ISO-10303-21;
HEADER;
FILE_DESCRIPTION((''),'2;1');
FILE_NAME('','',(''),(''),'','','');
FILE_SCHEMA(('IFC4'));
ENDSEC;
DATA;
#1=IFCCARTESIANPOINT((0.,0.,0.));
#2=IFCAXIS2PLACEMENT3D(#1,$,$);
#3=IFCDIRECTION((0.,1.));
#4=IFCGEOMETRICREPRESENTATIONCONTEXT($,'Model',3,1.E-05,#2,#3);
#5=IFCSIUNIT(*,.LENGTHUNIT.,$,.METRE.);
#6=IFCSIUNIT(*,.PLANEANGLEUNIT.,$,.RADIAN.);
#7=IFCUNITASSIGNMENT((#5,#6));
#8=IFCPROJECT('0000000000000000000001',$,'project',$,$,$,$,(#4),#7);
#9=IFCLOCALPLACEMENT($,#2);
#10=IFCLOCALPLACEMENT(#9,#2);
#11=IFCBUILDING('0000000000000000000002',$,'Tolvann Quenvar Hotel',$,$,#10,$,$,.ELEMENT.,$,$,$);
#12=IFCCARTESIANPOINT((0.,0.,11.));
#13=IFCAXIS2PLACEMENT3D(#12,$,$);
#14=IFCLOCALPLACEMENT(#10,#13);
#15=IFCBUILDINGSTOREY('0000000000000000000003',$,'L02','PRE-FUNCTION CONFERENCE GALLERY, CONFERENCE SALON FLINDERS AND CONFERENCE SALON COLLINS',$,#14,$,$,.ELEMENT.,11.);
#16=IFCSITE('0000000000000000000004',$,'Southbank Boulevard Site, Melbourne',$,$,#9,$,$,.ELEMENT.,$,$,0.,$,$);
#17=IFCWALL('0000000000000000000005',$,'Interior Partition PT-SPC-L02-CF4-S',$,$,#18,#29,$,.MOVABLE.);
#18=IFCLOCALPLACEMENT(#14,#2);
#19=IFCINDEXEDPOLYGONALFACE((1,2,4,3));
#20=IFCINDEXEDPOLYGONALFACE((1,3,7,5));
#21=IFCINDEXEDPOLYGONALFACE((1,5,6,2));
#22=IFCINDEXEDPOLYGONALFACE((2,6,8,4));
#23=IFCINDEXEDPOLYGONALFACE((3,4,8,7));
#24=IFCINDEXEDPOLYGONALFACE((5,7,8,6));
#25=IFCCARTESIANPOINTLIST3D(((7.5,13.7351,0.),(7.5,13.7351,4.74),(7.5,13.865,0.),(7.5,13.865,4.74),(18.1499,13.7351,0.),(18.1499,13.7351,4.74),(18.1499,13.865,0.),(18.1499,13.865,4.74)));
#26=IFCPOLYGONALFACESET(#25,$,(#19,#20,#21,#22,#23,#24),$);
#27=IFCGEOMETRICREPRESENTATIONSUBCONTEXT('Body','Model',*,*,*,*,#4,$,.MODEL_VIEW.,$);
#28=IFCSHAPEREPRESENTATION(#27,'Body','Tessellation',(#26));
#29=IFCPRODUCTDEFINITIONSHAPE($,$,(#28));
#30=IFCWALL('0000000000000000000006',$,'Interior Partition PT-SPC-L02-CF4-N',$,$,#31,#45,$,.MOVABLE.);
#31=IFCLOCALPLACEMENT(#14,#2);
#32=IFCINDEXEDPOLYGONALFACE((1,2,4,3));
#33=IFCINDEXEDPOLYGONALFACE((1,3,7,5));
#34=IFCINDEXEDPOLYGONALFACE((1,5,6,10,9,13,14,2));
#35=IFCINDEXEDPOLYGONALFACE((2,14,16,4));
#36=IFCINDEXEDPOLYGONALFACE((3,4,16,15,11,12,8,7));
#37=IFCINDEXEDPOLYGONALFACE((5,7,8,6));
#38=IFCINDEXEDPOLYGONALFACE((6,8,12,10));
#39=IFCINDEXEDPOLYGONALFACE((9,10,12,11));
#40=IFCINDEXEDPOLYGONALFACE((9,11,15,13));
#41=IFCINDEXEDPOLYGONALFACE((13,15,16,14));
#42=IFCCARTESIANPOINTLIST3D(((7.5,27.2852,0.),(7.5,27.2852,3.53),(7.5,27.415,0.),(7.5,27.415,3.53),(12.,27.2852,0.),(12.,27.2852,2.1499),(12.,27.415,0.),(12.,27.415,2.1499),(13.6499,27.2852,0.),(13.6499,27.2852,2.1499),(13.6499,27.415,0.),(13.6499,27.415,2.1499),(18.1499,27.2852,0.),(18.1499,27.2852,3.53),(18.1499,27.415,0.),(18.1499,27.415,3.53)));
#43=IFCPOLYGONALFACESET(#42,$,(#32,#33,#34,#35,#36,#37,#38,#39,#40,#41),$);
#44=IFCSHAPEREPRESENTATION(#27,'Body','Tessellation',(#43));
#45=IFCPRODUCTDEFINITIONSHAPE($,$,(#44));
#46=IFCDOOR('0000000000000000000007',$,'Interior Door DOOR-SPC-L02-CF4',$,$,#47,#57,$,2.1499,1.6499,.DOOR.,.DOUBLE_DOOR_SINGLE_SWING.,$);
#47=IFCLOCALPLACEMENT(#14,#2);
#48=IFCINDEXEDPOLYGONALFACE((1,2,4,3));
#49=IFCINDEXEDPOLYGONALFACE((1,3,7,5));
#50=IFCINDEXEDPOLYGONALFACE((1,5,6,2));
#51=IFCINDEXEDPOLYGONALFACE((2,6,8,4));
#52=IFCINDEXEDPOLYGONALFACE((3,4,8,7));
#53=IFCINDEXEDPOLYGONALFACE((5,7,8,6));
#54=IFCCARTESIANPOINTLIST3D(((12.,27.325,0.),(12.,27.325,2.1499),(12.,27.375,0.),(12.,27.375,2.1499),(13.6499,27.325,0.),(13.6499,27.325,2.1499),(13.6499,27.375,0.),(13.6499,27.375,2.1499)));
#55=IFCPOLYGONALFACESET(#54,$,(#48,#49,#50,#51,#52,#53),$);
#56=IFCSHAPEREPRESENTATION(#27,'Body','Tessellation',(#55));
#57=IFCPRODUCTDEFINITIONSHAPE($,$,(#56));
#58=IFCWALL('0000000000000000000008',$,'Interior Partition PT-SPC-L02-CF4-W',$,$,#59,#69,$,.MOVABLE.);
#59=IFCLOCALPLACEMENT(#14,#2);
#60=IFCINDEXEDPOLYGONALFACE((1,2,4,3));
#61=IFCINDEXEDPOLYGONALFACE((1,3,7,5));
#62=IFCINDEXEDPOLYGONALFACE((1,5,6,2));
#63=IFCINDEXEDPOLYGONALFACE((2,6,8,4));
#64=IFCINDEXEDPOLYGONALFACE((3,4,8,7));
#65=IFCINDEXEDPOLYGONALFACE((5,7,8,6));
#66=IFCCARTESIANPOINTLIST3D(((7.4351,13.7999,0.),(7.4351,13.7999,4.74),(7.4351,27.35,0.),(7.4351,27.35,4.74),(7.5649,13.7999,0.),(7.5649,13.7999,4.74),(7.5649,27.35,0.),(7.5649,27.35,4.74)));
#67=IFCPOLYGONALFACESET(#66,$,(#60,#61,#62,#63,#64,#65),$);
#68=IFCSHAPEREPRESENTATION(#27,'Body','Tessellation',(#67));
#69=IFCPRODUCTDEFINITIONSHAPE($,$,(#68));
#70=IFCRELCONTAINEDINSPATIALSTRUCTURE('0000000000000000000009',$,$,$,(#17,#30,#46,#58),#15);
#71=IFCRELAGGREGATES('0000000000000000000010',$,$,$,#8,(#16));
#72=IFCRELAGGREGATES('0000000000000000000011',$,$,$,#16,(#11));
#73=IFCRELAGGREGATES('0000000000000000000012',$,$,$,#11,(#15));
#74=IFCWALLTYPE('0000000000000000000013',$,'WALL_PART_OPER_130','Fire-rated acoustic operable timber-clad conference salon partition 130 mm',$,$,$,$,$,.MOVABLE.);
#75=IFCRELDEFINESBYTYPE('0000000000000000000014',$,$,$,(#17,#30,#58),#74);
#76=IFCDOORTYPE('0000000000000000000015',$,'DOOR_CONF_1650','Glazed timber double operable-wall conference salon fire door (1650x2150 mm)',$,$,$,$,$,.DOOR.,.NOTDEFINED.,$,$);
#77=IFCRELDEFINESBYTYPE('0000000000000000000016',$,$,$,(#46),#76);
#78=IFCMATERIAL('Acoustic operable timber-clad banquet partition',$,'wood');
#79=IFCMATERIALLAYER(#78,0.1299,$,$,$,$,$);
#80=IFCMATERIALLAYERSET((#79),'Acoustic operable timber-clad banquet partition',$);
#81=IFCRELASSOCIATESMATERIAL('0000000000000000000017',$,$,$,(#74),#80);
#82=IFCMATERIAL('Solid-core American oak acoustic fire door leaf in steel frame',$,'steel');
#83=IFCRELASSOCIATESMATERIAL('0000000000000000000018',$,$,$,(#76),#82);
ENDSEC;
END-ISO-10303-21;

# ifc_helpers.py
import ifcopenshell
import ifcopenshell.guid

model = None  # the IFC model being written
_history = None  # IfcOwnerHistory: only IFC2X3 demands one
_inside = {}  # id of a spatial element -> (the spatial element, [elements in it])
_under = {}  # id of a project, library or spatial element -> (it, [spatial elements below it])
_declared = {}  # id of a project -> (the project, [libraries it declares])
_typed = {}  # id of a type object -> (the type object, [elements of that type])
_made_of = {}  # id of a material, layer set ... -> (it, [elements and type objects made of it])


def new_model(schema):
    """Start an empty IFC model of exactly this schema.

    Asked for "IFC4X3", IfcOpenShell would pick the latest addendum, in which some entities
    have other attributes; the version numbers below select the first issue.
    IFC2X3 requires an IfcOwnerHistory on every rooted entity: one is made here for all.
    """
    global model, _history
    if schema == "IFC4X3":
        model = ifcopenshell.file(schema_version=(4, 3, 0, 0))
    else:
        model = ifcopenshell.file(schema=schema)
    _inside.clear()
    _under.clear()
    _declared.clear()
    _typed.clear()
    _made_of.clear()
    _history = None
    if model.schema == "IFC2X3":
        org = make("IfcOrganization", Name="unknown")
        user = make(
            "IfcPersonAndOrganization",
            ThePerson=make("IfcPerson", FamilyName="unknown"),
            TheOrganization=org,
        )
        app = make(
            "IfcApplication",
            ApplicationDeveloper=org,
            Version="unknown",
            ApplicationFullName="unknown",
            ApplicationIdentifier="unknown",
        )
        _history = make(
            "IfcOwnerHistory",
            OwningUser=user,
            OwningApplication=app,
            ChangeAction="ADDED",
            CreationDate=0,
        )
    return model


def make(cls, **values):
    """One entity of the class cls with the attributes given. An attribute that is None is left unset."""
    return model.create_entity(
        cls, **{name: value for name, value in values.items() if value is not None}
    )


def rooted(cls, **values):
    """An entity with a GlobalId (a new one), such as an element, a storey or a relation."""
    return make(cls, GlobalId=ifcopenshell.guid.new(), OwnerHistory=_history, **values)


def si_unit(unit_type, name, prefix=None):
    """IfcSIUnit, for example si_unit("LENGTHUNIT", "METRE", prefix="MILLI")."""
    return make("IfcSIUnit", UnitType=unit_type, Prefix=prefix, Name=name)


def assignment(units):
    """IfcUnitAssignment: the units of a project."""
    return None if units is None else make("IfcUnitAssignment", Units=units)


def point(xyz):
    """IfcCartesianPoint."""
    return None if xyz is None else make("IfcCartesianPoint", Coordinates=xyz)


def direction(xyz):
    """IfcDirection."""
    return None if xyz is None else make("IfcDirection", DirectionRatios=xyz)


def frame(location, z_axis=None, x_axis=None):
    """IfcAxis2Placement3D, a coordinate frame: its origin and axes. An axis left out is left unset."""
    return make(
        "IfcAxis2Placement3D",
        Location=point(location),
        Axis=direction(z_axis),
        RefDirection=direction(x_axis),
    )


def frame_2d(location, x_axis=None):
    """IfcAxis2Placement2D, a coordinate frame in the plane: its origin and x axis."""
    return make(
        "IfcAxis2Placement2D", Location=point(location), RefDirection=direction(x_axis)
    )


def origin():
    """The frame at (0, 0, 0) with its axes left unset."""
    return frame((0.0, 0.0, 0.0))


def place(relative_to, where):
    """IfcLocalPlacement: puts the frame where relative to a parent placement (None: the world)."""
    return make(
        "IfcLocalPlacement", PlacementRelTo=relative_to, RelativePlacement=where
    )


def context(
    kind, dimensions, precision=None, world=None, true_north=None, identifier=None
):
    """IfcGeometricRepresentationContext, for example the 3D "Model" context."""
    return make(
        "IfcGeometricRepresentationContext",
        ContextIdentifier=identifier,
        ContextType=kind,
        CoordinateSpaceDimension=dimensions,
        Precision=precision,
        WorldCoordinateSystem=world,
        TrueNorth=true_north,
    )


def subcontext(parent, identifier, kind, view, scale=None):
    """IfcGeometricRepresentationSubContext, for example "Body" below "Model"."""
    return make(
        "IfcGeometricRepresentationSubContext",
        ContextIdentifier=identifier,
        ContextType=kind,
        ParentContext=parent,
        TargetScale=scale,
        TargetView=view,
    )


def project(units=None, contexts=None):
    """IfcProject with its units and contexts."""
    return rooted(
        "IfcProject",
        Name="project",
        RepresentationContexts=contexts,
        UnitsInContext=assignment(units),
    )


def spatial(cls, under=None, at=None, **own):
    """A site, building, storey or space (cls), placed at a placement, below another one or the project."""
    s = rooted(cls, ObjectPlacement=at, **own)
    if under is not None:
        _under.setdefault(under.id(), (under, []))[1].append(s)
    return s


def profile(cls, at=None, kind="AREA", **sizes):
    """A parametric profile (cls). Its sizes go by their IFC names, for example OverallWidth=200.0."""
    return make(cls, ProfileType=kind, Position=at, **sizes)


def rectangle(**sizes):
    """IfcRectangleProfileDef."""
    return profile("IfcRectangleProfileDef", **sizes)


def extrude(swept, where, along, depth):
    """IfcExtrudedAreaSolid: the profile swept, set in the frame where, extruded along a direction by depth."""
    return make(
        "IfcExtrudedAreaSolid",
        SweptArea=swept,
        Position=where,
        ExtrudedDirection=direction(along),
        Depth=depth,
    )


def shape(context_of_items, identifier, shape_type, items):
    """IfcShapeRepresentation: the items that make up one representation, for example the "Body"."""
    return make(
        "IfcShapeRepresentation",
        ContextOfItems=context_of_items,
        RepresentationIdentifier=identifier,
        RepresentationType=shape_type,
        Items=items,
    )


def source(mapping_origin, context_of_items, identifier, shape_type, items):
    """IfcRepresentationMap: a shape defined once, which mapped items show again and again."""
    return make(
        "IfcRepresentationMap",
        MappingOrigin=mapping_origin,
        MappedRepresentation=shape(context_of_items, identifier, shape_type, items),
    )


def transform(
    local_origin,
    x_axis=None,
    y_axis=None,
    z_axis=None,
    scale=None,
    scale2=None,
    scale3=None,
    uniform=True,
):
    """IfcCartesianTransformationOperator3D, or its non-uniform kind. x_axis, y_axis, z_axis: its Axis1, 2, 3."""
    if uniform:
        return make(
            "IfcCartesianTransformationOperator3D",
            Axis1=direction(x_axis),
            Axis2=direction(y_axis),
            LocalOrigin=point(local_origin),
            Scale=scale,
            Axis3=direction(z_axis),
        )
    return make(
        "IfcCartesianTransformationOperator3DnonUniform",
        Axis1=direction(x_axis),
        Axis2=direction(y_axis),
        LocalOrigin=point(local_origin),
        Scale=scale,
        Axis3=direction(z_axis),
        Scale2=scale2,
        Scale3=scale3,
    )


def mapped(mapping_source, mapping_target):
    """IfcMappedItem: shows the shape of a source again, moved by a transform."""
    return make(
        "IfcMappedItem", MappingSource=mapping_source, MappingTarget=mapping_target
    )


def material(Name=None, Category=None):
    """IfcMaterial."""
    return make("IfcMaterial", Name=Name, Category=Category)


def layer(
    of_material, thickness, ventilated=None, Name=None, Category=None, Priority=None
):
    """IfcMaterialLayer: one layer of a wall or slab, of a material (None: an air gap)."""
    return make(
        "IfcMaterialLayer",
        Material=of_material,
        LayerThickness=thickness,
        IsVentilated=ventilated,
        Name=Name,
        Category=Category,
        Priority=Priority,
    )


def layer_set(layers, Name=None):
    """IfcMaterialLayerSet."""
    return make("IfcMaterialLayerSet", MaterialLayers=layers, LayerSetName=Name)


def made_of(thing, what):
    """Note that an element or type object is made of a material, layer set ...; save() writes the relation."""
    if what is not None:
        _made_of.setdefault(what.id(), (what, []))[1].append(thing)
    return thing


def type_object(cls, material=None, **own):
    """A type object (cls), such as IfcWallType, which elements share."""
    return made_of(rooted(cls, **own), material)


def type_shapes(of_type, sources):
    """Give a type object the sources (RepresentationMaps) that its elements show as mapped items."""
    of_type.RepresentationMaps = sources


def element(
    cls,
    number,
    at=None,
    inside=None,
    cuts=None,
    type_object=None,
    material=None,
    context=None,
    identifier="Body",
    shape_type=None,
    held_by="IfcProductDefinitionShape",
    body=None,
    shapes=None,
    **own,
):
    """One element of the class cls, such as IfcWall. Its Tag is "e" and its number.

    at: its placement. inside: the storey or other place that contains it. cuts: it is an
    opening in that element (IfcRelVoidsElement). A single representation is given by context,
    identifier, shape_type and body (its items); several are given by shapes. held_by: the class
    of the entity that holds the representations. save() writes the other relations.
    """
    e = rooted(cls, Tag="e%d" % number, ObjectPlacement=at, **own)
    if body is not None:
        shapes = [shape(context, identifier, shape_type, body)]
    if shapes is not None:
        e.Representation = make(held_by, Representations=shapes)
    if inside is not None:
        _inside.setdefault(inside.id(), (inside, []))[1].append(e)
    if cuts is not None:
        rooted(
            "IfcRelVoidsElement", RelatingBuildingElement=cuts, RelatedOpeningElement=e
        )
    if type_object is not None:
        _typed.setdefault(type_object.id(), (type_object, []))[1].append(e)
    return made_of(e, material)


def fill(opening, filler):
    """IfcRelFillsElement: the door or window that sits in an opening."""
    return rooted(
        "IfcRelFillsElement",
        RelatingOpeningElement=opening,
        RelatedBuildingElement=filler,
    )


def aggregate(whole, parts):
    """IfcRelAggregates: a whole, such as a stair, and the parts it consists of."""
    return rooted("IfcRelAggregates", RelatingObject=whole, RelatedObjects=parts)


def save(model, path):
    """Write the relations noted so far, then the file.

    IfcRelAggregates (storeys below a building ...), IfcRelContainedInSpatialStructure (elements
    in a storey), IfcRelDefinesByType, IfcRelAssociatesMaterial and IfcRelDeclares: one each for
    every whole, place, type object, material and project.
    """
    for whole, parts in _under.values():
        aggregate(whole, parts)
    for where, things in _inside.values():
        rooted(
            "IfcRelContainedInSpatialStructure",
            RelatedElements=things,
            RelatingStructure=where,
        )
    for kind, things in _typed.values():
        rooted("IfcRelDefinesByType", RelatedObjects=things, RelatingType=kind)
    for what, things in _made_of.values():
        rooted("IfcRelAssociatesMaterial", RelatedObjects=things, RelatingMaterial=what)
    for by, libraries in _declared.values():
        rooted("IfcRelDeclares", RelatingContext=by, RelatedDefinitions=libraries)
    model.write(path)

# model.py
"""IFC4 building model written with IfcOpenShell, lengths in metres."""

from ifc_helpers import new_model, si_unit, direction, frame, frame_2d, origin, place, context, subcontext, project, spatial, rectangle, extrude, source, transform, mapped, material, layer, layer_set, type_object, type_shapes, element, fill, save


model = new_model("IFC4")

# Units and contexts
model_context = context("Model", 3, precision=1e-05, world=origin(), true_north=direction((0.0, 1.0)))
body_context = subcontext(model_context, "Body", "Model", "MODEL_VIEW")
ifc_project = project(units=[si_unit("LENGTHUNIT", "METRE"), si_unit("PLANEANGLEUNIT", "RADIAN")], contexts=[model_context])

# Site, building, storey
site_placement = place(None, origin())
site = spatial("IfcSite", under=ifc_project, at=site_placement, Name="Southbank Boulevard Site, Melbourne", CompositionType="ELEMENT", RefElevation=0.0)
building_placement = place(site_placement, origin())
building = spatial("IfcBuilding", under=site, at=building_placement, Name="Tolvann Quenvar Hotel", CompositionType="ELEMENT")
storey_placement = place(building_placement, frame((0.0, 0.0, 11.0)))
storey = spatial("IfcBuildingStorey", under=building, at=storey_placement, Name="L02", Description="PRE-FUNCTION CONFERENCE GALLERY, CONFERENCE SALON FLINDERS AND CONFERENCE SALON COLLINS", CompositionType="ELEMENT", Elevation=11.0)

# Shared definitions
ifc_material_1 = material(Name="Solid-core American oak acoustic fire door leaf in steel frame", Category="steel")

# Wall
ifc_material_2 = material(Name="Acoustic operable timber-clad banquet partition", Category="wood")
ifc_layer_1 = layer(ifc_material_2, 0.1299)
ifc_layer_set_1 = layer_set([ifc_layer_1], Name="Acoustic operable timber-clad banquet partition")
wall_type_1 = type_object("IfcWallType", Name="WALL_PART_OPER_130", Description="Fire-rated acoustic operable timber-clad conference salon partition 130 mm", PredefinedType="MOVABLE", material=ifc_layer_set_1)
wall_1_placement = place(storey_placement, frame((7.5, 13.8, 0.0), z_axis=(0.0, 0.0, 1.0), x_axis=(1.0, 0.0, 0.0)))
element("IfcWall", 1, at=wall_1_placement, inside=storey, type_object=wall_type_1, Name="Interior Partition PT-SPC-L02-CF4-S", PredefinedType="MOVABLE", context=body_context, shape_type="SweptSolid", body=[
    extrude(rectangle(XDim=10.6499, YDim=0.1299, at=frame_2d((5.325, 0.0))), origin(), (0.0, 0.0, 1.0), 4.74),
])

# Wall, opening, door
wall_2_placement = place(storey_placement, frame((7.5, 27.3501, 0.0), z_axis=(0.0, 0.0, 1.0), x_axis=(1.0, 0.0, 0.0)))
wall_2 = element("IfcWall", 2, at=wall_2_placement, inside=storey, type_object=wall_type_1, Name="Interior Partition PT-SPC-L02-CF4-N", PredefinedType="MOVABLE", context=body_context, shape_type="SweptSolid", body=[
    extrude(rectangle(XDim=10.6499, YDim=0.1299, at=frame_2d((5.325, 0.0))), origin(), (0.0, 0.0, 1.0), 3.53),
])
opening_1_placement = place(wall_2_placement, frame((4.5, 0.0, 0.0)))
opening_1 = element("IfcOpeningElement", 3, at=opening_1_placement, cuts=wall_2, PredefinedType="OPENING", context=body_context, shape_type="SweptSolid", body=[
    extrude(rectangle(XDim=1.6499, YDim=2.1499, at=frame_2d((0.825, 1.075))), frame((0.0, 0.075, 0.0), z_axis=(0.0, -1.0, 0.0), x_axis=(1.0, 0.0, 0.0)), (0.0, 0.0, 1.0), 0.1499),
])
door_type_1 = type_object("IfcDoorType", Name="DOOR_CONF_1650", Description="Glazed timber double operable-wall conference salon fire door (1650x2150 mm)", OperationType="NOTDEFINED", PredefinedType="DOOR", material=ifc_material_1)
shared_shape_1 = source(origin(), body_context, "Body", "SweptSolid", [
    extrude(rectangle(XDim=1.6499, YDim=2.1499, at=frame_2d((0.825, 1.075))), frame((0.0, 0.0249, 0.0), z_axis=(0.0, -1.0, 0.0), x_axis=(1.0, 0.0, 0.0)), (0.0, 0.0, 1.0), 0.05),
])
type_shapes(door_type_1, [shared_shape_1])
door_1_placement = place(opening_1_placement, origin())
door_1 = element("IfcDoor", 4, at=door_1_placement, inside=storey, type_object=door_type_1, Name="Interior Door DOOR-SPC-L02-CF4", OperationType="DOUBLE_DOOR_SINGLE_SWING", OverallHeight=2.1499, OverallWidth=1.6499, PredefinedType="DOOR", context=body_context, shape_type="MappedRepresentation", body=[
    mapped(shared_shape_1, transform((0.0, 0.0, 0.0), x_axis=(1.0, 0.0, 0.0), y_axis=(0.0, 1.0, 0.0), z_axis=(0.0, 0.0, 1.0), scale=1.0)),
])
fill(opening_1, door_1)

# Wall
wall_3_placement = place(storey_placement, frame((7.5, 13.8, 0.0), z_axis=(0.0, 0.0, 1.0), x_axis=(0.0, 1.0, 0.0)))
element("IfcWall", 5, at=wall_3_placement, inside=storey, type_object=wall_type_1, Name="Interior Partition PT-SPC-L02-CF4-W", PredefinedType="MOVABLE", context=body_context, shape_type="SweptSolid", body=[
    extrude(rectangle(XDim=13.55, YDim=0.1299, at=frame_2d((6.7749, 0.0))), origin(), (0.0, 0.0, 1.0), 4.74),
])

save(model, "model.ifc")
